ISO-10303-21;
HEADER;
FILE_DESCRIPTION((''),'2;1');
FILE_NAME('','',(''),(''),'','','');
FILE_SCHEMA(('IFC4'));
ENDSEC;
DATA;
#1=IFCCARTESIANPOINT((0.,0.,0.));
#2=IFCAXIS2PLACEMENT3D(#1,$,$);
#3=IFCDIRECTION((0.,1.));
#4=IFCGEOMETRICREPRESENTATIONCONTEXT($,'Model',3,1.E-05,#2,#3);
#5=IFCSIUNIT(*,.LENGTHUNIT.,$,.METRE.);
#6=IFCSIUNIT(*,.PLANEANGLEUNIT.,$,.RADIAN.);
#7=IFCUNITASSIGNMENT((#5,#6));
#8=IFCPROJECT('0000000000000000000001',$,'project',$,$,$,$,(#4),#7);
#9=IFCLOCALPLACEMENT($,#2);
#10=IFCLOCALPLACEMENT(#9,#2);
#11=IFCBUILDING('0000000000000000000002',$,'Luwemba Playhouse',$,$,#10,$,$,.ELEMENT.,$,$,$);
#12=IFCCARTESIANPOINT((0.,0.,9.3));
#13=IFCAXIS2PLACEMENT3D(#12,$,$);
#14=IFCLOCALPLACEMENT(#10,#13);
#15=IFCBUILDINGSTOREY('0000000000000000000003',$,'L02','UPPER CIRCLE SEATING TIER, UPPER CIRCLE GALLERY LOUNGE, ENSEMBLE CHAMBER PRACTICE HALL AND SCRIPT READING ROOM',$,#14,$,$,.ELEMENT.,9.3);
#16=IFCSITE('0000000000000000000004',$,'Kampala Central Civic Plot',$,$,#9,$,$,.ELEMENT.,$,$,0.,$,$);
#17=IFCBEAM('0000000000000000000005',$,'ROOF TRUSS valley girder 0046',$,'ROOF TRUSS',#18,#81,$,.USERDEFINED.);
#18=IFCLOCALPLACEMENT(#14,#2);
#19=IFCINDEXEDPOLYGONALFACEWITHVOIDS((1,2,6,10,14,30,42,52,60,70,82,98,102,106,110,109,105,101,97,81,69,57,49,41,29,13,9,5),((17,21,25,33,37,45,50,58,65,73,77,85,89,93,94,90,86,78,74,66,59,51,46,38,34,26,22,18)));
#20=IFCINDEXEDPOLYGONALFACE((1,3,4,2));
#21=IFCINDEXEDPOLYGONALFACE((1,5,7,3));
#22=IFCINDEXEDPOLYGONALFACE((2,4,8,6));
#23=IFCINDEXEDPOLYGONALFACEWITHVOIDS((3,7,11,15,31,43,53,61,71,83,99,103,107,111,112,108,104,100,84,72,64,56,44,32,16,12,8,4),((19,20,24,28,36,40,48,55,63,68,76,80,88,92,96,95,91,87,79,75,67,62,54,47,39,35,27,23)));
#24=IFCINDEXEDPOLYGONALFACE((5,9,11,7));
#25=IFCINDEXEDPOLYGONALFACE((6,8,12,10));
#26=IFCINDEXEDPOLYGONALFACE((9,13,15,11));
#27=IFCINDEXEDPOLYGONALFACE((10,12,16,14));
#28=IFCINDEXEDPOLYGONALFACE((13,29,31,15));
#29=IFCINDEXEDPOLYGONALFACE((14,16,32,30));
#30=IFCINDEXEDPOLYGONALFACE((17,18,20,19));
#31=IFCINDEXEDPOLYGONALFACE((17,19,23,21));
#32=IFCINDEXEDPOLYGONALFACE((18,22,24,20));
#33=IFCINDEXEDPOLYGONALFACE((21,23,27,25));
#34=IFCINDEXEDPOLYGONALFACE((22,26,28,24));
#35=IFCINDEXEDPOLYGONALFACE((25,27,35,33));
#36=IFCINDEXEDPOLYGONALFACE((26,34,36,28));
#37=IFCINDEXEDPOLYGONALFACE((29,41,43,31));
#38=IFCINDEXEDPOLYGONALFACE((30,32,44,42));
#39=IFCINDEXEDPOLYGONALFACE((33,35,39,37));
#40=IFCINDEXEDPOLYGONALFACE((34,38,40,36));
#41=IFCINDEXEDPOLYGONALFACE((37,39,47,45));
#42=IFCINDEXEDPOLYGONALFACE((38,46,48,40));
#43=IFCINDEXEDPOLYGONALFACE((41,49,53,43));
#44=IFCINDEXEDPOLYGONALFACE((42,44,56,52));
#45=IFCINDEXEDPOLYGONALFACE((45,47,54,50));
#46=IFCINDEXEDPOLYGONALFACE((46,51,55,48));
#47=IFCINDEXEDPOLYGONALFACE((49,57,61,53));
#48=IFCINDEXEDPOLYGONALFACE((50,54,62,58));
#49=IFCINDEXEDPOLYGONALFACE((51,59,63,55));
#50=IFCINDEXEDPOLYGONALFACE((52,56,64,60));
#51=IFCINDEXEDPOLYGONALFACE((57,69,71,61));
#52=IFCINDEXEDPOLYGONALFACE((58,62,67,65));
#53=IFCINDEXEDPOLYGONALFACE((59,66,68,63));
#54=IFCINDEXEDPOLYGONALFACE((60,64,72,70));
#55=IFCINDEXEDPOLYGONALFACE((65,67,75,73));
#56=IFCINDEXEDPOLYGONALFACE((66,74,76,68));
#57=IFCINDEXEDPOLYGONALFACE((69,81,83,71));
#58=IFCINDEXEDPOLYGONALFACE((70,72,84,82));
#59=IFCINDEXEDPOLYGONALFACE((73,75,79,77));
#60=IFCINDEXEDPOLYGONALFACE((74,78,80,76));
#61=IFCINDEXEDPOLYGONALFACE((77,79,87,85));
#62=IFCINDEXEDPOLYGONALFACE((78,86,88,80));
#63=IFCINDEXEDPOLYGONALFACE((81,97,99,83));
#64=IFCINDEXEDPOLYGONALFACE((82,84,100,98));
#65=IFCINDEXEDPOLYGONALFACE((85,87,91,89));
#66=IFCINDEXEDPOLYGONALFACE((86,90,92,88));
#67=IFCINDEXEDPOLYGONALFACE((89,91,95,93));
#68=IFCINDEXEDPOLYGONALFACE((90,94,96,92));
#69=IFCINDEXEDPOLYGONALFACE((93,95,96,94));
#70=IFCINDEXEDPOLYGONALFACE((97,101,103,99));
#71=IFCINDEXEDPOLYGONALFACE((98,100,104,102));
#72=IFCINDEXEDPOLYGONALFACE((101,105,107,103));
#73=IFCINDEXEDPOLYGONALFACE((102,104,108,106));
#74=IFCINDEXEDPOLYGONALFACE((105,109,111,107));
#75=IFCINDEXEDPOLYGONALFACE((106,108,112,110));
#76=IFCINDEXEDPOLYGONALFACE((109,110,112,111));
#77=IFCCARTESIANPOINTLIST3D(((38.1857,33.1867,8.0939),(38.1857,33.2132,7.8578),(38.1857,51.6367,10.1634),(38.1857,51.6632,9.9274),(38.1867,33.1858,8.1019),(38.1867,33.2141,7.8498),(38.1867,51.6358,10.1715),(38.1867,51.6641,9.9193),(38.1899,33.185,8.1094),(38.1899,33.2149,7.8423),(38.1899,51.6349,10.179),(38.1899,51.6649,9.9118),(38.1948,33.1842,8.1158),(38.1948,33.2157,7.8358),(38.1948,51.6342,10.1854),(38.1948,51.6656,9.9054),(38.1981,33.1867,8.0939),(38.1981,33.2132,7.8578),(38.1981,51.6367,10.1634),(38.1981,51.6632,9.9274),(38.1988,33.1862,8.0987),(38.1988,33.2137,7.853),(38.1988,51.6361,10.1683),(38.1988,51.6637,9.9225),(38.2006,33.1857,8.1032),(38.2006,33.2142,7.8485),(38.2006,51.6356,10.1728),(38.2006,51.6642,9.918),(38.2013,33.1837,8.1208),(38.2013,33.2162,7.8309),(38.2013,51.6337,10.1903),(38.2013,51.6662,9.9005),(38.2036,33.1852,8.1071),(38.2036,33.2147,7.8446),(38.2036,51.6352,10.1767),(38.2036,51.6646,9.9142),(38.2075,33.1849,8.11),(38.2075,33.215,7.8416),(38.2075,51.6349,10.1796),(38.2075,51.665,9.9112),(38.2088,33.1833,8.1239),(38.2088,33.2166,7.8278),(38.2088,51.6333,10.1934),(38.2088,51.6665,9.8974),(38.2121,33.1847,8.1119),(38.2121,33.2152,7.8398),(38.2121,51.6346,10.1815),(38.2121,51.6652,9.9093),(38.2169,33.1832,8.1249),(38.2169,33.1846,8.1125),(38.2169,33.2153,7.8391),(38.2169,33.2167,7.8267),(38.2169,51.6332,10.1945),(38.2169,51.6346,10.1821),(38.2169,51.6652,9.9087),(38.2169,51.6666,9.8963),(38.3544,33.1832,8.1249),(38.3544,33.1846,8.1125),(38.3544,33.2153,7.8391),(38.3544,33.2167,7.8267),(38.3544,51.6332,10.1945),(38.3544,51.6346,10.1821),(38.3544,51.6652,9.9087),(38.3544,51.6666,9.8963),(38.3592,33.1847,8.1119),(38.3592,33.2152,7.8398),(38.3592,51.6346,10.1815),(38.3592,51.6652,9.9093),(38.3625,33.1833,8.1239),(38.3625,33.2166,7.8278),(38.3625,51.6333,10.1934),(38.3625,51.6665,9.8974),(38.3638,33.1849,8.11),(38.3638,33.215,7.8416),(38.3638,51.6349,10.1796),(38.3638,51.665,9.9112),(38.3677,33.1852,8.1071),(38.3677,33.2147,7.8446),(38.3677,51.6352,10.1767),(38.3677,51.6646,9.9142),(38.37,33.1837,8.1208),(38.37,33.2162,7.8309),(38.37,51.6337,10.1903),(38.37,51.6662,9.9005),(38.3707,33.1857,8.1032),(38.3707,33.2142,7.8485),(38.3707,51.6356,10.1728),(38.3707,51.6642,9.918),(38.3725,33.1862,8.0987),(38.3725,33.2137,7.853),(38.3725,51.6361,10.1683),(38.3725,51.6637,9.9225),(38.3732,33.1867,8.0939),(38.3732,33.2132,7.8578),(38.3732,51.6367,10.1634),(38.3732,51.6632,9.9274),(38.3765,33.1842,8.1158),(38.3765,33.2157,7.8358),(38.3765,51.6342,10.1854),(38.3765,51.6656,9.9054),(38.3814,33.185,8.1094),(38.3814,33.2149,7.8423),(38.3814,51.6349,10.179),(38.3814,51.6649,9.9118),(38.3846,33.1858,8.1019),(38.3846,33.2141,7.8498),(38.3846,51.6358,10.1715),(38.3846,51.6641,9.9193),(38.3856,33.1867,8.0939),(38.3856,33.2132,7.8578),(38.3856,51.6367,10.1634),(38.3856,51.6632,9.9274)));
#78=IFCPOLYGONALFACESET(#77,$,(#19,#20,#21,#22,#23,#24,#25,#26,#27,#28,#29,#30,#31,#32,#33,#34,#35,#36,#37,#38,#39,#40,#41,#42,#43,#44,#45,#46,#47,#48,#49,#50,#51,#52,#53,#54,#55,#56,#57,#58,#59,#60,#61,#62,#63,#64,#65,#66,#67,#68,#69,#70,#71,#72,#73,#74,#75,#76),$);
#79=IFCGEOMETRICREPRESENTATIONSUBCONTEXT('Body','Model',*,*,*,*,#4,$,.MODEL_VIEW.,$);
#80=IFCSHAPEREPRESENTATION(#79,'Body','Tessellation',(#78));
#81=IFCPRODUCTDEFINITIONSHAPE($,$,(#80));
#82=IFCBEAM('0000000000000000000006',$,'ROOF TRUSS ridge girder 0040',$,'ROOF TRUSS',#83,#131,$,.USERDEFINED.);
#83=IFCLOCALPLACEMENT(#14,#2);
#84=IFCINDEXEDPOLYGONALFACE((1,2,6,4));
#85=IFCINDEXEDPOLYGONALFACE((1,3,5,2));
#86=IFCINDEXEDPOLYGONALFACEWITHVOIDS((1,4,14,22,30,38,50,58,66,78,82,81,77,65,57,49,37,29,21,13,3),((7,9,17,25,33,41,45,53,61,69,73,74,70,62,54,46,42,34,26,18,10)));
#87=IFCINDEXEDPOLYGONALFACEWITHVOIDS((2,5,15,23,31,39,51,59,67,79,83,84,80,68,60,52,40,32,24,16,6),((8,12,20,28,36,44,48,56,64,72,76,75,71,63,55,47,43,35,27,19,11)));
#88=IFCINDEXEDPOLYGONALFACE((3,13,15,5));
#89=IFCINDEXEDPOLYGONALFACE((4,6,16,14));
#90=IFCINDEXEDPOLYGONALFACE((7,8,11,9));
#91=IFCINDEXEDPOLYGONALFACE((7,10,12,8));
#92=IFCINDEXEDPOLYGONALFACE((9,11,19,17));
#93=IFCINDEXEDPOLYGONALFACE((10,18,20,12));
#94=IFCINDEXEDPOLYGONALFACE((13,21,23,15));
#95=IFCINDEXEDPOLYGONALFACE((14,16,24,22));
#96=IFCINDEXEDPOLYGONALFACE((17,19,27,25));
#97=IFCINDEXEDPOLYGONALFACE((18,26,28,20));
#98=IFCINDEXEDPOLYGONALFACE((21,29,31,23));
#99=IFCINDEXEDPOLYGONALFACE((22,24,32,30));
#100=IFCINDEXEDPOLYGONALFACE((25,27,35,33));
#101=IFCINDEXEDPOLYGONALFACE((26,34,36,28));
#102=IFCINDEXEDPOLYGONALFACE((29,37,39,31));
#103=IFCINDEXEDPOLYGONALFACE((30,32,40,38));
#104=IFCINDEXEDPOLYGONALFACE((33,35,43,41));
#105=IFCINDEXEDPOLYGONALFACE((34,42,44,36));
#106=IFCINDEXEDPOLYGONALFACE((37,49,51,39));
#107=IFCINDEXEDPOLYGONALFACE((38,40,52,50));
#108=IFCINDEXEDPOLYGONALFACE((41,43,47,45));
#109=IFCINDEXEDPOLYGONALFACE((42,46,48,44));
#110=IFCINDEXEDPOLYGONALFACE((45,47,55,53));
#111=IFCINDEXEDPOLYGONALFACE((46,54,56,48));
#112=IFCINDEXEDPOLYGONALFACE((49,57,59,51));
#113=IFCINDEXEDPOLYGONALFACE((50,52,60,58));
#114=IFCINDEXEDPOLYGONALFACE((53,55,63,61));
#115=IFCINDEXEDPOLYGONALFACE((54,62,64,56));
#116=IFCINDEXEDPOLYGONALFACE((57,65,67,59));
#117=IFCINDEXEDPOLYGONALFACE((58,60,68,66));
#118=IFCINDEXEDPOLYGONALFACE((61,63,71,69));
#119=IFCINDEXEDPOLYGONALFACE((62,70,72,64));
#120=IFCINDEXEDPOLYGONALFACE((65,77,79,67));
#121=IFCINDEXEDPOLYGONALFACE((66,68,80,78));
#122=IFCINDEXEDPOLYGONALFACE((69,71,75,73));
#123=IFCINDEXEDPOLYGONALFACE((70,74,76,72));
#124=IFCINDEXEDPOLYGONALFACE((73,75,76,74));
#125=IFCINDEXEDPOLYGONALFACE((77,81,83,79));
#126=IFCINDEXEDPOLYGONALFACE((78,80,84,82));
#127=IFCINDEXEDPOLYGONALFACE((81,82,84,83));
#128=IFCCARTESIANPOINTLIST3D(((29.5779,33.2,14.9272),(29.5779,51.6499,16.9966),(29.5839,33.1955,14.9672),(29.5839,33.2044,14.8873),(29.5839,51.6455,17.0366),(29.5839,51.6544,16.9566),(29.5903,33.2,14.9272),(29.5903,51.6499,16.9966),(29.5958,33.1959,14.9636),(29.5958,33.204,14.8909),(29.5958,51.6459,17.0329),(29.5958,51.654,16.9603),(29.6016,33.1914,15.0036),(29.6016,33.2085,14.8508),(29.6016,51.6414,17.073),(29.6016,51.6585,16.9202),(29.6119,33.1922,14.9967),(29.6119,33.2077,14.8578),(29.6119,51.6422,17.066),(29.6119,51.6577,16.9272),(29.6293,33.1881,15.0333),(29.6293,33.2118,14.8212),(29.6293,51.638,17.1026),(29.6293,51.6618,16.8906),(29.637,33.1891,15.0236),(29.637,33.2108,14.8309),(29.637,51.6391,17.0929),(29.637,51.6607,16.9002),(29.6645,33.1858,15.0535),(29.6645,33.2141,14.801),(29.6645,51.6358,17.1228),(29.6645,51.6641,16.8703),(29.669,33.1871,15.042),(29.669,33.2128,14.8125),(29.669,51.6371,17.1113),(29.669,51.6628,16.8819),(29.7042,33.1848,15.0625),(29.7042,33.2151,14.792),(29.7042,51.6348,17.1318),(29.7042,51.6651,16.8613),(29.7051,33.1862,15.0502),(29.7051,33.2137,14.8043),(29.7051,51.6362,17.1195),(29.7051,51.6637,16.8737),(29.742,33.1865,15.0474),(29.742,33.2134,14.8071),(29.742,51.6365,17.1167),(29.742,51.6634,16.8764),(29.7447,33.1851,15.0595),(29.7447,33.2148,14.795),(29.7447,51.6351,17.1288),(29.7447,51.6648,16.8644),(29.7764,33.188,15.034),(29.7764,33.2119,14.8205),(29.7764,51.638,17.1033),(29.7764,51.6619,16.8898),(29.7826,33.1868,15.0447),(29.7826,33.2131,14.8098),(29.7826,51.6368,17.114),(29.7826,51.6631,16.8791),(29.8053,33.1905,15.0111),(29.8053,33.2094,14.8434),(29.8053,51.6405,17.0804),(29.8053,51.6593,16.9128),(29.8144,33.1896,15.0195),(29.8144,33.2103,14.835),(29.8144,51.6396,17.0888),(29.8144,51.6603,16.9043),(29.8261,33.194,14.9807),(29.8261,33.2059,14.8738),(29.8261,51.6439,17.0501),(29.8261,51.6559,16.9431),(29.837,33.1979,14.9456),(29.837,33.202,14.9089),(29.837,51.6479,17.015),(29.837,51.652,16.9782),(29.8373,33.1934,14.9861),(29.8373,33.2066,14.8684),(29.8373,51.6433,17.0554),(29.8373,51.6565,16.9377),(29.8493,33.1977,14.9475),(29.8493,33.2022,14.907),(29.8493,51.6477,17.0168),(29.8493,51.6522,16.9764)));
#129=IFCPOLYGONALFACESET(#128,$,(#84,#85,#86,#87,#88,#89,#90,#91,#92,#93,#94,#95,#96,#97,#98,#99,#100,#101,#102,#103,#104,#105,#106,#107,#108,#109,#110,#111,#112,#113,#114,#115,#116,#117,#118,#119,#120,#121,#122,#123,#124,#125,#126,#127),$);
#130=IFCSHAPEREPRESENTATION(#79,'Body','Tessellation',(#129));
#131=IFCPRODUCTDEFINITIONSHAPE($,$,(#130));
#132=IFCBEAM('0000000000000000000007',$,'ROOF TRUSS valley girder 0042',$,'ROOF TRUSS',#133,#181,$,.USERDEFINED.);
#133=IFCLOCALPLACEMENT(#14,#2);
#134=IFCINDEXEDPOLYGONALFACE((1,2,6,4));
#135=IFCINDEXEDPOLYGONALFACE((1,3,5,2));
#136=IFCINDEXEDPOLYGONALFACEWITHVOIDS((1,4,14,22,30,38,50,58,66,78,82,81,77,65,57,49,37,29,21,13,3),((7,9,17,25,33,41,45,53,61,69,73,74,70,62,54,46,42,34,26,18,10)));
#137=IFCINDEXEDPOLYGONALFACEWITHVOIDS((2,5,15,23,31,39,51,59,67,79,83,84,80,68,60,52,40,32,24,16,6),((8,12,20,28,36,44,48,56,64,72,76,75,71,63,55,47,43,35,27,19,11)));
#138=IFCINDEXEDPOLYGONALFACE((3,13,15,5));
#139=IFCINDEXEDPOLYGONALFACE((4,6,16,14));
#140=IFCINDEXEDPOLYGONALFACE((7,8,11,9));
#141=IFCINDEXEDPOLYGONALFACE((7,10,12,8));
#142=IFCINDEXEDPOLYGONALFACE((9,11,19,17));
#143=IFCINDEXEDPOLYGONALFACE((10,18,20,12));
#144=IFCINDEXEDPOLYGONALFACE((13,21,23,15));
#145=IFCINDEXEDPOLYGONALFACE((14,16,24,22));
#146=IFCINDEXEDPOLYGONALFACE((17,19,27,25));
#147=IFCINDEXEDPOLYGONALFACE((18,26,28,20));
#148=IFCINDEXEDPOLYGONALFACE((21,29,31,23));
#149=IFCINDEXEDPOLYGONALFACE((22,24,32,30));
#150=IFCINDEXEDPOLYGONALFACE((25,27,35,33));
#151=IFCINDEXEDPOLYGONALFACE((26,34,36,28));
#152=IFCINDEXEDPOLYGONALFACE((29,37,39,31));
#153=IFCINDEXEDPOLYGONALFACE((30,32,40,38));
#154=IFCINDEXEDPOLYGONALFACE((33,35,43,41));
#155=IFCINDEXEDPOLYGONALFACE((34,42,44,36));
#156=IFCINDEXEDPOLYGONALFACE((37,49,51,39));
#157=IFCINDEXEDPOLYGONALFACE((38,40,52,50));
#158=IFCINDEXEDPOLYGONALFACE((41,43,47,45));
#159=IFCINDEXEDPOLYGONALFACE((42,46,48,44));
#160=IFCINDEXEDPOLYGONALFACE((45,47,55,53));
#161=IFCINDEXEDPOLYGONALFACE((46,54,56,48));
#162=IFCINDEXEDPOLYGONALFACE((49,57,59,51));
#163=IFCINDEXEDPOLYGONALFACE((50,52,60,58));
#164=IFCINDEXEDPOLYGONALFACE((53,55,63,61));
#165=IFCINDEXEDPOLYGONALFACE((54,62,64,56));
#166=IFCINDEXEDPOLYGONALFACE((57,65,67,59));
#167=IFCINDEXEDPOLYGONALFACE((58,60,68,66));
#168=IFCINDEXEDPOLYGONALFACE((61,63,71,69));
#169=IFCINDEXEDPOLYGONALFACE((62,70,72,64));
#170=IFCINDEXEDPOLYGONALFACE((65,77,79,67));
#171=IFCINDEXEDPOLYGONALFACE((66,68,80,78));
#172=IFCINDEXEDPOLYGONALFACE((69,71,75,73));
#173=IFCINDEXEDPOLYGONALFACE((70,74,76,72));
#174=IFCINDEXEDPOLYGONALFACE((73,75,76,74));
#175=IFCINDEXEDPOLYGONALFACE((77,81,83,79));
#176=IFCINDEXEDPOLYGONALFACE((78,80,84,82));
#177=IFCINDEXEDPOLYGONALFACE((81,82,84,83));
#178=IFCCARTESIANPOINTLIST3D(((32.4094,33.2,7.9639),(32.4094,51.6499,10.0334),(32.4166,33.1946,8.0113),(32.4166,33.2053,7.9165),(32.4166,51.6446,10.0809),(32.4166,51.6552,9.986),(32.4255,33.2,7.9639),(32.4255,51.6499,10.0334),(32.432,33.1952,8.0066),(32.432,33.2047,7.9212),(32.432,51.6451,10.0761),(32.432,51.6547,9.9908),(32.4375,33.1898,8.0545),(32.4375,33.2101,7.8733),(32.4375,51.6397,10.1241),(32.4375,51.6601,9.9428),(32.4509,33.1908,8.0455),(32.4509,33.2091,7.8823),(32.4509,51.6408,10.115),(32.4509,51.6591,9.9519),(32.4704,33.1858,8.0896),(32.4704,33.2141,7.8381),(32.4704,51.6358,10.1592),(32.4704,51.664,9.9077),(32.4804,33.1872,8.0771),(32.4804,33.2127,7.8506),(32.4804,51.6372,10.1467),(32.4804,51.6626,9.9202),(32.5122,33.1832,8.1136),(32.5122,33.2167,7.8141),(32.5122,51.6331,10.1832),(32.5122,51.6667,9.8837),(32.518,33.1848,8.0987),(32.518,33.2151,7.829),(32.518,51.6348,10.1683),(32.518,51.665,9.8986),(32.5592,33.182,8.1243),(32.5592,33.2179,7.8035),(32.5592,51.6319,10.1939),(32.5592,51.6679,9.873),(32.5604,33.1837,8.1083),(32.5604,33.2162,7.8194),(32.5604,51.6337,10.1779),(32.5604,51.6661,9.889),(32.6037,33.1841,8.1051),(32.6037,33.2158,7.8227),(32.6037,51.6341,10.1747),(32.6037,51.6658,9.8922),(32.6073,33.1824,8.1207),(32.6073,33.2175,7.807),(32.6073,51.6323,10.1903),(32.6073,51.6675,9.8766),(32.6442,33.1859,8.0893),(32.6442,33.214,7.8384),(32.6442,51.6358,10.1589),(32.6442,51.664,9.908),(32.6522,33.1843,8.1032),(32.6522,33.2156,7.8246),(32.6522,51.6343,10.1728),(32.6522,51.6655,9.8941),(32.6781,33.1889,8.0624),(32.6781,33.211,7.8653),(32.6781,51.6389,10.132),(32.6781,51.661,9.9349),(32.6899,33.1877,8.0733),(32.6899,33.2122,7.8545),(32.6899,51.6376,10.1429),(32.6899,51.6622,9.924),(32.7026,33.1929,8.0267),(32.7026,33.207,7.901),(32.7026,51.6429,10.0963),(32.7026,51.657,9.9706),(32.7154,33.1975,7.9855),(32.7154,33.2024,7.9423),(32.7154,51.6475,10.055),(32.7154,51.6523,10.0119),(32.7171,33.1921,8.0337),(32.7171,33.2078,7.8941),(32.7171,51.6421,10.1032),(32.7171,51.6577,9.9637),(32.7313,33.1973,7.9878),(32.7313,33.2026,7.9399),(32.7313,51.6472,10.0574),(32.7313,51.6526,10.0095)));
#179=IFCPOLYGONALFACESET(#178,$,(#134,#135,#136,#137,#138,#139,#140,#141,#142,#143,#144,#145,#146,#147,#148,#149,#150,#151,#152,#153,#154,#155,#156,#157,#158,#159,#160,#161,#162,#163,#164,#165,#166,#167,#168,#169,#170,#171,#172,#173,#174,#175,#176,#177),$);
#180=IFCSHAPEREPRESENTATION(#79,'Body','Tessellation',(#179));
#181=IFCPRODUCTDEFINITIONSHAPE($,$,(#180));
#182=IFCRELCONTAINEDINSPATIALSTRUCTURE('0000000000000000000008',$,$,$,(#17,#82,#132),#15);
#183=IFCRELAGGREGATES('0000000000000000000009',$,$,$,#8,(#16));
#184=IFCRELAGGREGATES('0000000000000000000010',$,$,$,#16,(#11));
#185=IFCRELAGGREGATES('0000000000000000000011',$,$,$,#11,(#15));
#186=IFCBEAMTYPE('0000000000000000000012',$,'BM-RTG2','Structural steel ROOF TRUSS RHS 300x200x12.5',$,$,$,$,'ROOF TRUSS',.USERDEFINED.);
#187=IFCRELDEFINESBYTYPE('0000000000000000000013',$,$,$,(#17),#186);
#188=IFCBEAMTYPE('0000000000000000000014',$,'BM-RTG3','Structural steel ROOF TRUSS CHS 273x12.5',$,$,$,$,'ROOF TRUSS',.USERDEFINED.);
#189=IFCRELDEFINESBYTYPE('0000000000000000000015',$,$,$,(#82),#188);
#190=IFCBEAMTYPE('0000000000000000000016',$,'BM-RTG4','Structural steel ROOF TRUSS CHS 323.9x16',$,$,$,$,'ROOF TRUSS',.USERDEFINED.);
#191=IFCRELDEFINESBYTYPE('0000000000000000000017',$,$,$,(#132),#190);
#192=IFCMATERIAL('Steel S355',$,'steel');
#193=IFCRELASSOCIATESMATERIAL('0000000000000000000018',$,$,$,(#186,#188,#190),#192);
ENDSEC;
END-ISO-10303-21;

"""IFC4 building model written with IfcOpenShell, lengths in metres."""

from ifc_helpers import new_model, si_unit, direction, frame, origin, origin_2d, place, context, subcontext, project, spatial, hollow_rectangle, hollow_circle, extrude, material, material_profile, profile_set, type_object, element, save


model = new_model("IFC4")

# Units and contexts
model_context = context("Model", 3, precision=1e-05, world=origin(), true_north=direction((0.0, 1.0)))
body_context = subcontext(model_context, "Body", "Model", "MODEL_VIEW")
ifc_project = project(units=[si_unit("LENGTHUNIT", "METRE"), si_unit("PLANEANGLEUNIT", "RADIAN")], contexts=[model_context])

# Site, building, storey
site_placement = place(None, origin())
site = spatial("IfcSite", under=ifc_project, at=site_placement, Name="Kampala Central Civic Plot", CompositionType="ELEMENT", RefElevation=0.0)
building_placement = place(site_placement, origin())
building = spatial("IfcBuilding", under=site, at=building_placement, Name="Luwemba Playhouse", CompositionType="ELEMENT")
storey_placement = place(building_placement, frame((0.0, 0.0, 9.3)))
storey = spatial("IfcBuildingStorey", under=building, at=storey_placement, Name="L02", Description="UPPER CIRCLE SEATING TIER, UPPER CIRCLE GALLERY LOUNGE, ENSEMBLE CHAMBER PRACTICE HALL AND SCRIPT READING ROOM", CompositionType="ELEMENT", Elevation=9.3)

# Shared definitions
ifc_material_1 = material(Name="Steel S355", Category="steel")

# Beams
ifc_material_profile_1 = material_profile(ifc_material_1, hollow_rectangle(XDim=0.2, YDim=0.3, WallThickness=0.0125, InnerFilletRadius=0.0188, OuterFilletRadius=0.0312, at=origin_2d()))
ifc_profile_set_1 = profile_set([ifc_material_profile_1], Name="Steel S355")
beam_type_1 = type_object("IfcBeamType", Name="BM-RTG2", Description="Structural steel ROOF TRUSS RHS 300x200x12.5", ElementType="ROOF TRUSS", PredefinedType="USERDEFINED", material=ifc_profile_set_1)
beam_1_placement = place(storey_placement, frame((38.2856, 33.2, 7.9758), z_axis=(0.0, 0.993767, 0.111474), x_axis=(-1.0, 0.0, 0.0)))
element("IfcBeam", 1, at=beam_1_placement, inside=storey, type_object=beam_type_1, Name="ROOF TRUSS valley girder 0046", ObjectType="ROOF TRUSS", PredefinedType="USERDEFINED", context=body_context, shape_type="SweptSolid", body=[
    extrude(hollow_rectangle(XDim=0.2, YDim=0.3, WallThickness=0.0125, InnerFilletRadius=0.0188, OuterFilletRadius=0.0312, at=origin_2d()), origin(), (0.0, 0.0, 1.0), 18.5657),
])
ifc_material_profile_2 = material_profile(ifc_material_1, hollow_circle(Radius=0.1365, WallThickness=0.0125, at=origin_2d()))
ifc_profile_set_2 = profile_set([ifc_material_profile_2], Name="Steel S355")
beam_type_2 = type_object("IfcBeamType", Name="BM-RTG3", Description="Structural steel ROOF TRUSS CHS 273x12.5", ElementType="ROOF TRUSS", PredefinedType="USERDEFINED", material=ifc_profile_set_2)
beam_2_placement = place(storey_placement, frame((29.7144, 33.2, 14.9272), z_axis=(0.0, 0.993769, 0.111461), x_axis=(-1.0, 0.0, 0.0)))
element("IfcBeam", 2, at=beam_2_placement, inside=storey, type_object=beam_type_2, Name="ROOF TRUSS ridge girder 0040", ObjectType="ROOF TRUSS", PredefinedType="USERDEFINED", context=body_context, shape_type="SweptSolid", body=[
    extrude(hollow_circle(Radius=0.1365, WallThickness=0.0125, at=origin_2d()), origin(), (0.0, 0.0, 1.0), 18.5657),
])
ifc_material_profile_3 = material_profile(ifc_material_1, hollow_circle(Radius=0.1619, WallThickness=0.0161, at=origin_2d()))
ifc_profile_set_3 = profile_set([ifc_material_profile_3], Name="Steel S355")
beam_type_3 = type_object("IfcBeamType", Name="BM-RTG4", Description="Structural steel ROOF TRUSS CHS 323.9x16", ElementType="ROOF TRUSS", PredefinedType="USERDEFINED", material=ifc_profile_set_3)
beam_3_placement = place(storey_placement, frame((32.5713, 33.2, 7.9639), z_axis=(0.0, 0.993767, 0.111474), x_axis=(-1.0, 0.0, 0.0)))
element("IfcBeam", 3, at=beam_3_placement, inside=storey, type_object=beam_type_3, Name="ROOF TRUSS valley girder 0042", ObjectType="ROOF TRUSS", PredefinedType="USERDEFINED", context=body_context, shape_type="SweptSolid", body=[
    extrude(hollow_circle(Radius=0.1619, WallThickness=0.0161, at=origin_2d()), origin(), (0.0, 0.0, 1.0), 18.5657),
])

save(model, "model.ifc")
